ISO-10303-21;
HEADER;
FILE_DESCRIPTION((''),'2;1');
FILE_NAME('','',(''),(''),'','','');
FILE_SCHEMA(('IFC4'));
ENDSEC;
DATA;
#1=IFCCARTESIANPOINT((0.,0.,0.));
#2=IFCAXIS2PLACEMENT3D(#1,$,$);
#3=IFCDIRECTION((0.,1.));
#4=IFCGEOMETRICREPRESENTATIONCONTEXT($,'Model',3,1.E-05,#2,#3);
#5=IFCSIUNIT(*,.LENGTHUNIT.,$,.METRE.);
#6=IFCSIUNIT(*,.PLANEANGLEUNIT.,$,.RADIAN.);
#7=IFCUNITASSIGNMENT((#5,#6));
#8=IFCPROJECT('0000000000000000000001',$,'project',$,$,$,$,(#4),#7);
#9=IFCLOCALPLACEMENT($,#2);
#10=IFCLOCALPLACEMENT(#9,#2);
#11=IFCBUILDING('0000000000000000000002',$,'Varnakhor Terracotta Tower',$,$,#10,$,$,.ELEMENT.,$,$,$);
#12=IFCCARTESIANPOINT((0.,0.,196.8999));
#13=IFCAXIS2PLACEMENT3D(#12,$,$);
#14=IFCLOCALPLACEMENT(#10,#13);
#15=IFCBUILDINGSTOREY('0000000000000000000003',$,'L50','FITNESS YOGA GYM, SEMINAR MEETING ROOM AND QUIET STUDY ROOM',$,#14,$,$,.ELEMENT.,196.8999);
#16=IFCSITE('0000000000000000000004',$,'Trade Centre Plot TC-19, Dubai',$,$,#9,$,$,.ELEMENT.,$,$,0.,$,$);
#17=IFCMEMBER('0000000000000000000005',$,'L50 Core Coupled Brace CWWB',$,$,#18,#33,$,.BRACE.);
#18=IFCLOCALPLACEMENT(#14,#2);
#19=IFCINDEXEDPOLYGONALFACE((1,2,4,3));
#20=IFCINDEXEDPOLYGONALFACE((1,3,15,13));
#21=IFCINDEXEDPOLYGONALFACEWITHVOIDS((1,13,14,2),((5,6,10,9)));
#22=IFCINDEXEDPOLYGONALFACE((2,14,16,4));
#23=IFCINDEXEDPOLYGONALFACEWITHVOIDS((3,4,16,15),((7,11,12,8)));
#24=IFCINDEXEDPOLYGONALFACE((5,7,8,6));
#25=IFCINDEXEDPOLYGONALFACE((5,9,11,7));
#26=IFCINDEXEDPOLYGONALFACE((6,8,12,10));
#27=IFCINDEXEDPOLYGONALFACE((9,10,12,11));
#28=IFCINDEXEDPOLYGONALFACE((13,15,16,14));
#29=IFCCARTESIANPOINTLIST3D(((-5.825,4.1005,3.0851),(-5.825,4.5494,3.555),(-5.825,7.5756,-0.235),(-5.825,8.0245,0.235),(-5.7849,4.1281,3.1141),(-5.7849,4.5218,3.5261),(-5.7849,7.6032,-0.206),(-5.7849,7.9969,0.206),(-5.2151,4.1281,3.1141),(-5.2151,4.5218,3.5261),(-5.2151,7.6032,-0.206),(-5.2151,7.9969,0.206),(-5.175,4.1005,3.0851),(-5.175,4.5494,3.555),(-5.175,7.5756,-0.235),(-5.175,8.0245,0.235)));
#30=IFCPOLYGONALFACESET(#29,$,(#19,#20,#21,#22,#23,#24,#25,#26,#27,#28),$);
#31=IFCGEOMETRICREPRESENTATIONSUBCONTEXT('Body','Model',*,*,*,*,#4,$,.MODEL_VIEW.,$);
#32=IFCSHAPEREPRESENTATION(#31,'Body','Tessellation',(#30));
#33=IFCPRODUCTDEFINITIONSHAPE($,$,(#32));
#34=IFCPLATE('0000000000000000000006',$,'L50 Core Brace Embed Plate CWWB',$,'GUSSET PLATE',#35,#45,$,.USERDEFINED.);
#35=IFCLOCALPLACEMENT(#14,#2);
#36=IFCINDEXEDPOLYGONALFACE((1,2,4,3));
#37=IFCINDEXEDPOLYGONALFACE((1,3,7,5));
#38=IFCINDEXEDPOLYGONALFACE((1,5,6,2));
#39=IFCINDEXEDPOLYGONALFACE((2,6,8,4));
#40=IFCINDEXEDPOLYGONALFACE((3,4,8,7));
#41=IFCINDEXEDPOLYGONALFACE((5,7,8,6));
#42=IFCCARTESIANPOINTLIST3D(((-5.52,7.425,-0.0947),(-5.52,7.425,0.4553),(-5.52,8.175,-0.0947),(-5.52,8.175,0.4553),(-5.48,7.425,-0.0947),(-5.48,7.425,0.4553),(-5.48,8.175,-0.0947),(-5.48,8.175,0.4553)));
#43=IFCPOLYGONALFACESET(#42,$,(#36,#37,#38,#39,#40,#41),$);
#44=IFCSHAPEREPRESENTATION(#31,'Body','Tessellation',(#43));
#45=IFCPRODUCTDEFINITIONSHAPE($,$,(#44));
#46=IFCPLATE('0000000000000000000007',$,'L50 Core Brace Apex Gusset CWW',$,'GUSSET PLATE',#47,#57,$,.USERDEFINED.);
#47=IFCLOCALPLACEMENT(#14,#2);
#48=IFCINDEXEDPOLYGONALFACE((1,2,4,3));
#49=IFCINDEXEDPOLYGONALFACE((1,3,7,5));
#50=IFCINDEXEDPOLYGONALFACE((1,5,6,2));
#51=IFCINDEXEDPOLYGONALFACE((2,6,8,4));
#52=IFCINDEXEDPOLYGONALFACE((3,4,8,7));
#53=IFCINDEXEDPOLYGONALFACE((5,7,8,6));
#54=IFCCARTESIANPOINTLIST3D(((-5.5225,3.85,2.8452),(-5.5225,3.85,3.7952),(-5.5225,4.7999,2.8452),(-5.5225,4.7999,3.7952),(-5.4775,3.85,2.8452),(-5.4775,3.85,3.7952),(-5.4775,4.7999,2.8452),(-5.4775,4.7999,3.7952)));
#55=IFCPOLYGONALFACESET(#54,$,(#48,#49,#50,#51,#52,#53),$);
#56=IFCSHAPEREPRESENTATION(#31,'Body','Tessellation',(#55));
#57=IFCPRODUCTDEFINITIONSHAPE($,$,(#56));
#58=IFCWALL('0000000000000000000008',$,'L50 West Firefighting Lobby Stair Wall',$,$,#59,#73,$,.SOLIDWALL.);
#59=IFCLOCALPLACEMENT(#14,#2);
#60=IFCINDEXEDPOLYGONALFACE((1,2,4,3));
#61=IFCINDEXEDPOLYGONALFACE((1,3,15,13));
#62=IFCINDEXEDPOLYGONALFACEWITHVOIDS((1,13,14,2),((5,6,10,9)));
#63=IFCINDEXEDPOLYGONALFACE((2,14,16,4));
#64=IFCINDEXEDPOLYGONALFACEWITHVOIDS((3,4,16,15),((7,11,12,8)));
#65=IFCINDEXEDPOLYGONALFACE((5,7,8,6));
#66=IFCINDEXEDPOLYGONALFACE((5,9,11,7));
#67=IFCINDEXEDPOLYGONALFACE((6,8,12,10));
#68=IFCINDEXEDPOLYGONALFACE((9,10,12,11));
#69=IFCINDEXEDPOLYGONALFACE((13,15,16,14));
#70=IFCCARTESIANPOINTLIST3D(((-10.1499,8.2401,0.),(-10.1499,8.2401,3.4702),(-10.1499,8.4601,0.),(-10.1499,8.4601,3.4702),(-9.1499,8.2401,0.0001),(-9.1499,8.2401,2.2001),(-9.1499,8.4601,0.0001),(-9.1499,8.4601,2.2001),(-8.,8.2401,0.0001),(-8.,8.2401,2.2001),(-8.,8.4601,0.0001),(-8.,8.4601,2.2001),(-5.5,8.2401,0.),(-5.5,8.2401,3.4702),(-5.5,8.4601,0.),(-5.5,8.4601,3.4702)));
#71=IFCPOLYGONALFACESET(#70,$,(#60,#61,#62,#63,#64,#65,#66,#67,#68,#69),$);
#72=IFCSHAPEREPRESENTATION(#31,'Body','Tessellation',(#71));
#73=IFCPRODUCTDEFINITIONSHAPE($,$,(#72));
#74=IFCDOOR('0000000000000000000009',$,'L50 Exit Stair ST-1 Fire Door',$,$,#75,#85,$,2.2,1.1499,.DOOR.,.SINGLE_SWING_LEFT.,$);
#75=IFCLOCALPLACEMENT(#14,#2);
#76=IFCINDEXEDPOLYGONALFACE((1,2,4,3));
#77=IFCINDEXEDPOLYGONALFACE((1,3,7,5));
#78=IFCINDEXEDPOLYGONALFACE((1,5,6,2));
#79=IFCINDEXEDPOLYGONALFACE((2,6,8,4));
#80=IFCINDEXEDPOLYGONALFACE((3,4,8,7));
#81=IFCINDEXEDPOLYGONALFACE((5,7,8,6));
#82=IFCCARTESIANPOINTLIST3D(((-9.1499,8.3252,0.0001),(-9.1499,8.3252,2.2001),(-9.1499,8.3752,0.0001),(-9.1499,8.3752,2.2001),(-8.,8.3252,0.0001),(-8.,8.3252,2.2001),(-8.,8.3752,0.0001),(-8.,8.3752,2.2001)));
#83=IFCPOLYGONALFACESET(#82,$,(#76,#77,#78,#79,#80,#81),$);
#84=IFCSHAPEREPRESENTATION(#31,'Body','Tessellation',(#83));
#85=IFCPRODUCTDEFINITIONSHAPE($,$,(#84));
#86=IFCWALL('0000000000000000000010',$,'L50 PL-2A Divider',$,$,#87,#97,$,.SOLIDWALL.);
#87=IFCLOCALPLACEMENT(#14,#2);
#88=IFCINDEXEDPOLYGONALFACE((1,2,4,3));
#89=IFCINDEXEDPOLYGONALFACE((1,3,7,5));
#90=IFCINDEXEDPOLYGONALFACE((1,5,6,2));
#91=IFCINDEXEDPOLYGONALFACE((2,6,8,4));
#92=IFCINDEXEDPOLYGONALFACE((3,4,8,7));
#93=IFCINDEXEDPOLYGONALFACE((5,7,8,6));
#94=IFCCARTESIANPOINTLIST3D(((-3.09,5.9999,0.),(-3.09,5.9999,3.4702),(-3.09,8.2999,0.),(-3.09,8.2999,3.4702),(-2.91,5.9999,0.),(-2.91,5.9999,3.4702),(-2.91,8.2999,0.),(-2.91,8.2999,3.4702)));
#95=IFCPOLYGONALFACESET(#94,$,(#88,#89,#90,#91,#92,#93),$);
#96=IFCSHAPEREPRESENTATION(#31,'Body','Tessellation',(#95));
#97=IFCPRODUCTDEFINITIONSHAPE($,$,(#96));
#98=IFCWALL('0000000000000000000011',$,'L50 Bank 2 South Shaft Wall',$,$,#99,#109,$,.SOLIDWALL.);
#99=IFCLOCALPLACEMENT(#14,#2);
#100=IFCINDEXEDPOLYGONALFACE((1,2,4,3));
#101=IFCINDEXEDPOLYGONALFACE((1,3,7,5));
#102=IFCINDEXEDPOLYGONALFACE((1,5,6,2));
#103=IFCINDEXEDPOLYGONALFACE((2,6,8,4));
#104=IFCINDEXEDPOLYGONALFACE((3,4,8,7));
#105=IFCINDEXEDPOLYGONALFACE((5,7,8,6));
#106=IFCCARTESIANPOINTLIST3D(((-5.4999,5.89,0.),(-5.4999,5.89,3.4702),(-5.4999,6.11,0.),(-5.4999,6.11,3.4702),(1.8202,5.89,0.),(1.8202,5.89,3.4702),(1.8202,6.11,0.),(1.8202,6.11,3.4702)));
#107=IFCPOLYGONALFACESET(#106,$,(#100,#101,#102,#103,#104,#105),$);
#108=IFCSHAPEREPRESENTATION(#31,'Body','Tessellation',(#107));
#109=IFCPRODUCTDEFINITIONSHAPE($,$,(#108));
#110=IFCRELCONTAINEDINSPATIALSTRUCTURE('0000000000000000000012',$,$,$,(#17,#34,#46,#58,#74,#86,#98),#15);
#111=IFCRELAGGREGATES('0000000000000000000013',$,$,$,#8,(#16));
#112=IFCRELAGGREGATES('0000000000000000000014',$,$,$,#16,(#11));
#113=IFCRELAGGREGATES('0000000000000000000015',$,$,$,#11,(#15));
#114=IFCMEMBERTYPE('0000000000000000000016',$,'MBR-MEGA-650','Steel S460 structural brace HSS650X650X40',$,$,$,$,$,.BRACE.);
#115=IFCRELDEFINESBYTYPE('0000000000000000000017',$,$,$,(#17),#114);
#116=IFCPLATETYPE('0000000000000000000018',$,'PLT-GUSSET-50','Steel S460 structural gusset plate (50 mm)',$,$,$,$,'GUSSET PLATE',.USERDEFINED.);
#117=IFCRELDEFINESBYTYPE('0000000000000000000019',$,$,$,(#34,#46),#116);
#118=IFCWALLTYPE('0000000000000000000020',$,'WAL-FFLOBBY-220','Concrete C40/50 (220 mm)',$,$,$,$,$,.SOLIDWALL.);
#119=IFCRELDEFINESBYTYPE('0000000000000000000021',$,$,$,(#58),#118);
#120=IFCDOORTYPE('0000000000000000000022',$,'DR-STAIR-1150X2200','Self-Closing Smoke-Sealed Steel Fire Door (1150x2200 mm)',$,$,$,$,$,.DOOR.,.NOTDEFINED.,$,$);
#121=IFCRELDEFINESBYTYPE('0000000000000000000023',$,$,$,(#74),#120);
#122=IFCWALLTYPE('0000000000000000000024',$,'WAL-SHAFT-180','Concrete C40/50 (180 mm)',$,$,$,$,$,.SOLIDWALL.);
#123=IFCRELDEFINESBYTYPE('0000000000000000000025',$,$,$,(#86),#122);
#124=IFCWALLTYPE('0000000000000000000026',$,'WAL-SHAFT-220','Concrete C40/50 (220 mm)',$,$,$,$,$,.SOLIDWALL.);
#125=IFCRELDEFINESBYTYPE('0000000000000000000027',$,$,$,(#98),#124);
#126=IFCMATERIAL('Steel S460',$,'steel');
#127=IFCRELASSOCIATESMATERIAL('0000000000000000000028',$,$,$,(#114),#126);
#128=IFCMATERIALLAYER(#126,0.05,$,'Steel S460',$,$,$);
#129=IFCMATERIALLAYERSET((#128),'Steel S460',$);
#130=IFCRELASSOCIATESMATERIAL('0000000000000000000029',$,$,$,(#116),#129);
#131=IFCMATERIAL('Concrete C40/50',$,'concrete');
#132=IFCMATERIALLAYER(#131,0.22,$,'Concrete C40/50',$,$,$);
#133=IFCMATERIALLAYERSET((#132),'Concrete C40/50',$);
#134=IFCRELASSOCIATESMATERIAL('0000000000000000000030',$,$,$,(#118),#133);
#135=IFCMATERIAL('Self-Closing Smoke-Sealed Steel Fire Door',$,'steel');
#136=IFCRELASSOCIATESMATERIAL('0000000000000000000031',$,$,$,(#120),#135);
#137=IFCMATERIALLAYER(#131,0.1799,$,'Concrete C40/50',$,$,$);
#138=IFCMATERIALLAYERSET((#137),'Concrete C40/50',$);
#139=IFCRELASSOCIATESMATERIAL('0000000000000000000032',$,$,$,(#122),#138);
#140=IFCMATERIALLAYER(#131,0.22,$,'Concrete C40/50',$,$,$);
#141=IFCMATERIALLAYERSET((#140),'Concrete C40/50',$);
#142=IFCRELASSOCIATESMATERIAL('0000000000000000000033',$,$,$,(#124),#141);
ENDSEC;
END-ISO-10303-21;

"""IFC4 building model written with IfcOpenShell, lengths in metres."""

from ifc_helpers import new_model, si_unit, direction, frame, frame_2d, origin, origin_2d, place, context, subcontext, project, spatial, rectangle, hollow_rectangle, extrude, source, transform, mapped, material, layer, layer_set, material_profile, profile_set, type_object, type_shapes, element, fill, save


model = new_model("IFC4")

# Units and contexts
model_context = context("Model", 3, precision=1e-05, world=origin(), true_north=direction((0.0, 1.0)))
body_context = subcontext(model_context, "Body", "Model", "MODEL_VIEW")
ifc_project = project(units=[si_unit("LENGTHUNIT", "METRE"), si_unit("PLANEANGLEUNIT", "RADIAN")], contexts=[model_context])

# Site, building, storey
site_placement = place(None, origin())
site = spatial("IfcSite", under=ifc_project, at=site_placement, Name="Trade Centre Plot TC-19, Dubai", CompositionType="ELEMENT", RefElevation=0.0)
building_placement = place(site_placement, origin())
building = spatial("IfcBuilding", under=site, at=building_placement, Name="Varnakhor Terracotta Tower", CompositionType="ELEMENT")
storey_placement = place(building_placement, frame((0.0, 0.0, 196.8999)))
storey = spatial("IfcBuildingStorey", under=building, at=storey_placement, Name="L50", Description="FITNESS YOGA GYM, SEMINAR MEETING ROOM AND QUIET STUDY ROOM", CompositionType="ELEMENT", Elevation=196.8999)

# Member
ifc_material_1 = material(Name="Steel S460", Category="steel")
ifc_material_profile = material_profile(ifc_material_1, hollow_rectangle(XDim=0.6499, YDim=0.6499, WallThickness=0.04, at=origin_2d()), Name="HSS650X650X40")
ifc_profile_set = profile_set([ifc_material_profile], Name="Steel S460")
member_type = type_object("IfcMemberType", Name="MBR-MEGA-650", Description="Steel S460 structural brace HSS650X650X40", PredefinedType="BRACE", material=ifc_profile_set)
shared_shape_1 = source(origin(), body_context, "Body", "SweptSolid", [
    extrude(hollow_rectangle(XDim=0.6499, YDim=0.6499, WallThickness=0.04, at=origin_2d()), origin(), (0.0, 0.0, 1.0), 4.8062),
])
member_placement = place(storey_placement, frame((-5.5, 7.8, 0.0), z_axis=(0.0, -0.723051, 0.690795), x_axis=(1.0, 0.0, 0.0)))
element("IfcMember", 1, at=member_placement, inside=storey, type_object=member_type, Name="L50 Core Coupled Brace CWWB", PredefinedType="BRACE", context=body_context, shape_type="MappedRepresentation", body=[
    mapped(shared_shape_1, transform((0.0, 0.0, 0.0), scale=1.0)),
])

# Plates
ifc_layer_1 = layer(ifc_material_1, 0.05, Name="Steel S460")
ifc_layer_set_1 = layer_set([ifc_layer_1], Name="Steel S460")
plate_type = type_object("IfcPlateType", Name="PLT-GUSSET-50", Description="Steel S460 structural gusset plate (50 mm)", ElementType="GUSSET PLATE", PredefinedType="USERDEFINED", material=ifc_layer_set_1)
shared_shape_2 = source(origin(), body_context, "Body", "SweptSolid", [
    extrude(rectangle(XDim=0.75, YDim=0.04, at=origin_2d()), origin(), (0.0, 0.0, 1.0), 0.55),
])
type_shapes(plate_type, [shared_shape_2])
plate_1_placement = place(storey_placement, frame((-5.5, 7.8, -0.0947), z_axis=(0.0, 0.0, 1.0), x_axis=(0.0, 1.0, 0.0)))
element("IfcPlate", 2, at=plate_1_placement, inside=storey, type_object=plate_type, Name="L50 Core Brace Embed Plate CWWB", ObjectType="GUSSET PLATE", PredefinedType="USERDEFINED", context=body_context, shape_type="MappedRepresentation", body=[
    mapped(shared_shape_2, transform((0.0, 0.0, 0.0), scale=1.0)),
])
shared_shape_3 = source(origin(), body_context, "Body", "SweptSolid", [
    extrude(rectangle(XDim=0.95, YDim=0.0449, at=origin_2d()), origin(), (0.0, 0.0, 1.0), 0.95),
])
plate_2_placement = place(storey_placement, frame((-5.5, 4.325, 2.8452), z_axis=(0.0, 0.0, 1.0), x_axis=(0.0, 1.0, 0.0)))
element("IfcPlate", 3, at=plate_2_placement, inside=storey, type_object=plate_type, Name="L50 Core Brace Apex Gusset CWW", ObjectType="GUSSET PLATE", PredefinedType="USERDEFINED", context=body_context, shape_type="MappedRepresentation", body=[
    mapped(shared_shape_3, transform((0.0, 0.0, 0.0), scale=1.0)),
])

# Wall, opening, door
ifc_material_2 = material(Name="Concrete C40/50", Category="concrete")
ifc_layer_2 = layer(ifc_material_2, 0.22, Name="Concrete C40/50")
ifc_layer_set_2 = layer_set([ifc_layer_2], Name="Concrete C40/50")
wall_type_1 = type_object("IfcWallType", Name="WAL-FFLOBBY-220", Description="Concrete C40/50 (220 mm)", PredefinedType="SOLIDWALL", material=ifc_layer_set_2)
wall_1_placement = place(storey_placement, frame((-5.5, 8.3501, 0.0), z_axis=(0.0, 0.0, 1.0), x_axis=(-1.0, 0.0, 0.0)))
wall_1 = element("IfcWall", 4, at=wall_1_placement, inside=storey, type_object=wall_type_1, Name="L50 West Firefighting Lobby Stair Wall", PredefinedType="SOLIDWALL", context=body_context, shape_type="SweptSolid", body=[
    extrude(rectangle(XDim=4.6499, YDim=0.22, at=frame_2d((2.325, 0.0))), origin(), (0.0, 0.0, 1.0), 3.4702),
])
opening_1_placement = place(wall_1_placement, frame((2.5, 0.0, 0.0)))
opening_1 = element("IfcOpeningElement", 5, at=opening_1_placement, cuts=wall_1, PredefinedType="OPENING", context=body_context, shape_type="SweptSolid", body=[
    extrude(rectangle(XDim=1.1499, YDim=2.2, at=frame_2d((0.575, 1.1001))), frame((0.0, 0.1201, 0.0), z_axis=(0.0, -1.0, 0.0), x_axis=(1.0, 0.0, 0.0)), (0.0, 0.0, 1.0), 0.24),
])
ifc_material_3 = material(Name="Self-Closing Smoke-Sealed Steel Fire Door", Category="steel")
door_type_1 = type_object("IfcDoorType", Name="DR-STAIR-1150X2200", Description="Self-Closing Smoke-Sealed Steel Fire Door (1150x2200 mm)", OperationType="NOTDEFINED", PredefinedType="DOOR", material=ifc_material_3)
shared_shape_4 = source(origin(), body_context, "Body", "SweptSolid", [
    extrude(rectangle(XDim=1.1499, YDim=2.2, at=frame_2d((0.575, 1.1001))), frame((0.0, 0.0249, 0.0), z_axis=(0.0, -1.0, 0.0), x_axis=(1.0, 0.0, 0.0)), (0.0, 0.0, 1.0), 0.05),
])
type_shapes(door_type_1, [shared_shape_4])
door_1_placement = place(opening_1_placement, origin())
door_1 = element("IfcDoor", 6, at=door_1_placement, inside=storey, type_object=door_type_1, Name="L50 Exit Stair ST-1 Fire Door", OperationType="SINGLE_SWING_LEFT", OverallHeight=2.2, OverallWidth=1.1499, PredefinedType="DOOR", context=body_context, shape_type="MappedRepresentation", body=[
    mapped(shared_shape_4, transform((0.0, 0.0, 0.0), scale=1.0)),
])
fill(opening_1, door_1)

# Walls
ifc_layer_3 = layer(ifc_material_2, 0.1799, Name="Concrete C40/50")
ifc_layer_set_3 = layer_set([ifc_layer_3], Name="Concrete C40/50")
wall_type_2 = type_object("IfcWallType", Name="WAL-SHAFT-180", Description="Concrete C40/50 (180 mm)", PredefinedType="SOLIDWALL", material=ifc_layer_set_3)
wall_2_placement = place(storey_placement, frame((-3.0, 6.0, 0.0), z_axis=(0.0, 0.0, 1.0), x_axis=(0.0, 1.0, 0.0)))
element("IfcWall", 7, at=wall_2_placement, inside=storey, type_object=wall_type_2, Name="L50 PL-2A Divider", PredefinedType="SOLIDWALL", context=body_context, shape_type="SweptSolid", body=[
    extrude(rectangle(XDim=2.3, YDim=0.1799, at=frame_2d((1.1499, 0.0))), origin(), (0.0, 0.0, 1.0), 3.4702),
])
ifc_layer_4 = layer(ifc_material_2, 0.22, Name="Concrete C40/50")
ifc_layer_set_4 = layer_set([ifc_layer_4], Name="Concrete C40/50")
wall_type_3 = type_object("IfcWallType", Name="WAL-SHAFT-220", Description="Concrete C40/50 (220 mm)", PredefinedType="SOLIDWALL", material=ifc_layer_set_4)
wall_3_placement = place(storey_placement, frame((-5.5, 6.0, 0.0), z_axis=(0.0, 0.0, 1.0), x_axis=(1.0, 0.0, 0.0)))
element("IfcWall", 8, at=wall_3_placement, inside=storey, type_object=wall_type_3, Name="L50 Bank 2 South Shaft Wall", PredefinedType="SOLIDWALL", context=body_context, shape_type="SweptSolid", body=[
    extrude(rectangle(XDim=7.3201, YDim=0.22, at=frame_2d((3.6602, 0.0))), origin(), (0.0, 0.0, 1.0), 3.4702),
])

save(model, "model.ifc")
